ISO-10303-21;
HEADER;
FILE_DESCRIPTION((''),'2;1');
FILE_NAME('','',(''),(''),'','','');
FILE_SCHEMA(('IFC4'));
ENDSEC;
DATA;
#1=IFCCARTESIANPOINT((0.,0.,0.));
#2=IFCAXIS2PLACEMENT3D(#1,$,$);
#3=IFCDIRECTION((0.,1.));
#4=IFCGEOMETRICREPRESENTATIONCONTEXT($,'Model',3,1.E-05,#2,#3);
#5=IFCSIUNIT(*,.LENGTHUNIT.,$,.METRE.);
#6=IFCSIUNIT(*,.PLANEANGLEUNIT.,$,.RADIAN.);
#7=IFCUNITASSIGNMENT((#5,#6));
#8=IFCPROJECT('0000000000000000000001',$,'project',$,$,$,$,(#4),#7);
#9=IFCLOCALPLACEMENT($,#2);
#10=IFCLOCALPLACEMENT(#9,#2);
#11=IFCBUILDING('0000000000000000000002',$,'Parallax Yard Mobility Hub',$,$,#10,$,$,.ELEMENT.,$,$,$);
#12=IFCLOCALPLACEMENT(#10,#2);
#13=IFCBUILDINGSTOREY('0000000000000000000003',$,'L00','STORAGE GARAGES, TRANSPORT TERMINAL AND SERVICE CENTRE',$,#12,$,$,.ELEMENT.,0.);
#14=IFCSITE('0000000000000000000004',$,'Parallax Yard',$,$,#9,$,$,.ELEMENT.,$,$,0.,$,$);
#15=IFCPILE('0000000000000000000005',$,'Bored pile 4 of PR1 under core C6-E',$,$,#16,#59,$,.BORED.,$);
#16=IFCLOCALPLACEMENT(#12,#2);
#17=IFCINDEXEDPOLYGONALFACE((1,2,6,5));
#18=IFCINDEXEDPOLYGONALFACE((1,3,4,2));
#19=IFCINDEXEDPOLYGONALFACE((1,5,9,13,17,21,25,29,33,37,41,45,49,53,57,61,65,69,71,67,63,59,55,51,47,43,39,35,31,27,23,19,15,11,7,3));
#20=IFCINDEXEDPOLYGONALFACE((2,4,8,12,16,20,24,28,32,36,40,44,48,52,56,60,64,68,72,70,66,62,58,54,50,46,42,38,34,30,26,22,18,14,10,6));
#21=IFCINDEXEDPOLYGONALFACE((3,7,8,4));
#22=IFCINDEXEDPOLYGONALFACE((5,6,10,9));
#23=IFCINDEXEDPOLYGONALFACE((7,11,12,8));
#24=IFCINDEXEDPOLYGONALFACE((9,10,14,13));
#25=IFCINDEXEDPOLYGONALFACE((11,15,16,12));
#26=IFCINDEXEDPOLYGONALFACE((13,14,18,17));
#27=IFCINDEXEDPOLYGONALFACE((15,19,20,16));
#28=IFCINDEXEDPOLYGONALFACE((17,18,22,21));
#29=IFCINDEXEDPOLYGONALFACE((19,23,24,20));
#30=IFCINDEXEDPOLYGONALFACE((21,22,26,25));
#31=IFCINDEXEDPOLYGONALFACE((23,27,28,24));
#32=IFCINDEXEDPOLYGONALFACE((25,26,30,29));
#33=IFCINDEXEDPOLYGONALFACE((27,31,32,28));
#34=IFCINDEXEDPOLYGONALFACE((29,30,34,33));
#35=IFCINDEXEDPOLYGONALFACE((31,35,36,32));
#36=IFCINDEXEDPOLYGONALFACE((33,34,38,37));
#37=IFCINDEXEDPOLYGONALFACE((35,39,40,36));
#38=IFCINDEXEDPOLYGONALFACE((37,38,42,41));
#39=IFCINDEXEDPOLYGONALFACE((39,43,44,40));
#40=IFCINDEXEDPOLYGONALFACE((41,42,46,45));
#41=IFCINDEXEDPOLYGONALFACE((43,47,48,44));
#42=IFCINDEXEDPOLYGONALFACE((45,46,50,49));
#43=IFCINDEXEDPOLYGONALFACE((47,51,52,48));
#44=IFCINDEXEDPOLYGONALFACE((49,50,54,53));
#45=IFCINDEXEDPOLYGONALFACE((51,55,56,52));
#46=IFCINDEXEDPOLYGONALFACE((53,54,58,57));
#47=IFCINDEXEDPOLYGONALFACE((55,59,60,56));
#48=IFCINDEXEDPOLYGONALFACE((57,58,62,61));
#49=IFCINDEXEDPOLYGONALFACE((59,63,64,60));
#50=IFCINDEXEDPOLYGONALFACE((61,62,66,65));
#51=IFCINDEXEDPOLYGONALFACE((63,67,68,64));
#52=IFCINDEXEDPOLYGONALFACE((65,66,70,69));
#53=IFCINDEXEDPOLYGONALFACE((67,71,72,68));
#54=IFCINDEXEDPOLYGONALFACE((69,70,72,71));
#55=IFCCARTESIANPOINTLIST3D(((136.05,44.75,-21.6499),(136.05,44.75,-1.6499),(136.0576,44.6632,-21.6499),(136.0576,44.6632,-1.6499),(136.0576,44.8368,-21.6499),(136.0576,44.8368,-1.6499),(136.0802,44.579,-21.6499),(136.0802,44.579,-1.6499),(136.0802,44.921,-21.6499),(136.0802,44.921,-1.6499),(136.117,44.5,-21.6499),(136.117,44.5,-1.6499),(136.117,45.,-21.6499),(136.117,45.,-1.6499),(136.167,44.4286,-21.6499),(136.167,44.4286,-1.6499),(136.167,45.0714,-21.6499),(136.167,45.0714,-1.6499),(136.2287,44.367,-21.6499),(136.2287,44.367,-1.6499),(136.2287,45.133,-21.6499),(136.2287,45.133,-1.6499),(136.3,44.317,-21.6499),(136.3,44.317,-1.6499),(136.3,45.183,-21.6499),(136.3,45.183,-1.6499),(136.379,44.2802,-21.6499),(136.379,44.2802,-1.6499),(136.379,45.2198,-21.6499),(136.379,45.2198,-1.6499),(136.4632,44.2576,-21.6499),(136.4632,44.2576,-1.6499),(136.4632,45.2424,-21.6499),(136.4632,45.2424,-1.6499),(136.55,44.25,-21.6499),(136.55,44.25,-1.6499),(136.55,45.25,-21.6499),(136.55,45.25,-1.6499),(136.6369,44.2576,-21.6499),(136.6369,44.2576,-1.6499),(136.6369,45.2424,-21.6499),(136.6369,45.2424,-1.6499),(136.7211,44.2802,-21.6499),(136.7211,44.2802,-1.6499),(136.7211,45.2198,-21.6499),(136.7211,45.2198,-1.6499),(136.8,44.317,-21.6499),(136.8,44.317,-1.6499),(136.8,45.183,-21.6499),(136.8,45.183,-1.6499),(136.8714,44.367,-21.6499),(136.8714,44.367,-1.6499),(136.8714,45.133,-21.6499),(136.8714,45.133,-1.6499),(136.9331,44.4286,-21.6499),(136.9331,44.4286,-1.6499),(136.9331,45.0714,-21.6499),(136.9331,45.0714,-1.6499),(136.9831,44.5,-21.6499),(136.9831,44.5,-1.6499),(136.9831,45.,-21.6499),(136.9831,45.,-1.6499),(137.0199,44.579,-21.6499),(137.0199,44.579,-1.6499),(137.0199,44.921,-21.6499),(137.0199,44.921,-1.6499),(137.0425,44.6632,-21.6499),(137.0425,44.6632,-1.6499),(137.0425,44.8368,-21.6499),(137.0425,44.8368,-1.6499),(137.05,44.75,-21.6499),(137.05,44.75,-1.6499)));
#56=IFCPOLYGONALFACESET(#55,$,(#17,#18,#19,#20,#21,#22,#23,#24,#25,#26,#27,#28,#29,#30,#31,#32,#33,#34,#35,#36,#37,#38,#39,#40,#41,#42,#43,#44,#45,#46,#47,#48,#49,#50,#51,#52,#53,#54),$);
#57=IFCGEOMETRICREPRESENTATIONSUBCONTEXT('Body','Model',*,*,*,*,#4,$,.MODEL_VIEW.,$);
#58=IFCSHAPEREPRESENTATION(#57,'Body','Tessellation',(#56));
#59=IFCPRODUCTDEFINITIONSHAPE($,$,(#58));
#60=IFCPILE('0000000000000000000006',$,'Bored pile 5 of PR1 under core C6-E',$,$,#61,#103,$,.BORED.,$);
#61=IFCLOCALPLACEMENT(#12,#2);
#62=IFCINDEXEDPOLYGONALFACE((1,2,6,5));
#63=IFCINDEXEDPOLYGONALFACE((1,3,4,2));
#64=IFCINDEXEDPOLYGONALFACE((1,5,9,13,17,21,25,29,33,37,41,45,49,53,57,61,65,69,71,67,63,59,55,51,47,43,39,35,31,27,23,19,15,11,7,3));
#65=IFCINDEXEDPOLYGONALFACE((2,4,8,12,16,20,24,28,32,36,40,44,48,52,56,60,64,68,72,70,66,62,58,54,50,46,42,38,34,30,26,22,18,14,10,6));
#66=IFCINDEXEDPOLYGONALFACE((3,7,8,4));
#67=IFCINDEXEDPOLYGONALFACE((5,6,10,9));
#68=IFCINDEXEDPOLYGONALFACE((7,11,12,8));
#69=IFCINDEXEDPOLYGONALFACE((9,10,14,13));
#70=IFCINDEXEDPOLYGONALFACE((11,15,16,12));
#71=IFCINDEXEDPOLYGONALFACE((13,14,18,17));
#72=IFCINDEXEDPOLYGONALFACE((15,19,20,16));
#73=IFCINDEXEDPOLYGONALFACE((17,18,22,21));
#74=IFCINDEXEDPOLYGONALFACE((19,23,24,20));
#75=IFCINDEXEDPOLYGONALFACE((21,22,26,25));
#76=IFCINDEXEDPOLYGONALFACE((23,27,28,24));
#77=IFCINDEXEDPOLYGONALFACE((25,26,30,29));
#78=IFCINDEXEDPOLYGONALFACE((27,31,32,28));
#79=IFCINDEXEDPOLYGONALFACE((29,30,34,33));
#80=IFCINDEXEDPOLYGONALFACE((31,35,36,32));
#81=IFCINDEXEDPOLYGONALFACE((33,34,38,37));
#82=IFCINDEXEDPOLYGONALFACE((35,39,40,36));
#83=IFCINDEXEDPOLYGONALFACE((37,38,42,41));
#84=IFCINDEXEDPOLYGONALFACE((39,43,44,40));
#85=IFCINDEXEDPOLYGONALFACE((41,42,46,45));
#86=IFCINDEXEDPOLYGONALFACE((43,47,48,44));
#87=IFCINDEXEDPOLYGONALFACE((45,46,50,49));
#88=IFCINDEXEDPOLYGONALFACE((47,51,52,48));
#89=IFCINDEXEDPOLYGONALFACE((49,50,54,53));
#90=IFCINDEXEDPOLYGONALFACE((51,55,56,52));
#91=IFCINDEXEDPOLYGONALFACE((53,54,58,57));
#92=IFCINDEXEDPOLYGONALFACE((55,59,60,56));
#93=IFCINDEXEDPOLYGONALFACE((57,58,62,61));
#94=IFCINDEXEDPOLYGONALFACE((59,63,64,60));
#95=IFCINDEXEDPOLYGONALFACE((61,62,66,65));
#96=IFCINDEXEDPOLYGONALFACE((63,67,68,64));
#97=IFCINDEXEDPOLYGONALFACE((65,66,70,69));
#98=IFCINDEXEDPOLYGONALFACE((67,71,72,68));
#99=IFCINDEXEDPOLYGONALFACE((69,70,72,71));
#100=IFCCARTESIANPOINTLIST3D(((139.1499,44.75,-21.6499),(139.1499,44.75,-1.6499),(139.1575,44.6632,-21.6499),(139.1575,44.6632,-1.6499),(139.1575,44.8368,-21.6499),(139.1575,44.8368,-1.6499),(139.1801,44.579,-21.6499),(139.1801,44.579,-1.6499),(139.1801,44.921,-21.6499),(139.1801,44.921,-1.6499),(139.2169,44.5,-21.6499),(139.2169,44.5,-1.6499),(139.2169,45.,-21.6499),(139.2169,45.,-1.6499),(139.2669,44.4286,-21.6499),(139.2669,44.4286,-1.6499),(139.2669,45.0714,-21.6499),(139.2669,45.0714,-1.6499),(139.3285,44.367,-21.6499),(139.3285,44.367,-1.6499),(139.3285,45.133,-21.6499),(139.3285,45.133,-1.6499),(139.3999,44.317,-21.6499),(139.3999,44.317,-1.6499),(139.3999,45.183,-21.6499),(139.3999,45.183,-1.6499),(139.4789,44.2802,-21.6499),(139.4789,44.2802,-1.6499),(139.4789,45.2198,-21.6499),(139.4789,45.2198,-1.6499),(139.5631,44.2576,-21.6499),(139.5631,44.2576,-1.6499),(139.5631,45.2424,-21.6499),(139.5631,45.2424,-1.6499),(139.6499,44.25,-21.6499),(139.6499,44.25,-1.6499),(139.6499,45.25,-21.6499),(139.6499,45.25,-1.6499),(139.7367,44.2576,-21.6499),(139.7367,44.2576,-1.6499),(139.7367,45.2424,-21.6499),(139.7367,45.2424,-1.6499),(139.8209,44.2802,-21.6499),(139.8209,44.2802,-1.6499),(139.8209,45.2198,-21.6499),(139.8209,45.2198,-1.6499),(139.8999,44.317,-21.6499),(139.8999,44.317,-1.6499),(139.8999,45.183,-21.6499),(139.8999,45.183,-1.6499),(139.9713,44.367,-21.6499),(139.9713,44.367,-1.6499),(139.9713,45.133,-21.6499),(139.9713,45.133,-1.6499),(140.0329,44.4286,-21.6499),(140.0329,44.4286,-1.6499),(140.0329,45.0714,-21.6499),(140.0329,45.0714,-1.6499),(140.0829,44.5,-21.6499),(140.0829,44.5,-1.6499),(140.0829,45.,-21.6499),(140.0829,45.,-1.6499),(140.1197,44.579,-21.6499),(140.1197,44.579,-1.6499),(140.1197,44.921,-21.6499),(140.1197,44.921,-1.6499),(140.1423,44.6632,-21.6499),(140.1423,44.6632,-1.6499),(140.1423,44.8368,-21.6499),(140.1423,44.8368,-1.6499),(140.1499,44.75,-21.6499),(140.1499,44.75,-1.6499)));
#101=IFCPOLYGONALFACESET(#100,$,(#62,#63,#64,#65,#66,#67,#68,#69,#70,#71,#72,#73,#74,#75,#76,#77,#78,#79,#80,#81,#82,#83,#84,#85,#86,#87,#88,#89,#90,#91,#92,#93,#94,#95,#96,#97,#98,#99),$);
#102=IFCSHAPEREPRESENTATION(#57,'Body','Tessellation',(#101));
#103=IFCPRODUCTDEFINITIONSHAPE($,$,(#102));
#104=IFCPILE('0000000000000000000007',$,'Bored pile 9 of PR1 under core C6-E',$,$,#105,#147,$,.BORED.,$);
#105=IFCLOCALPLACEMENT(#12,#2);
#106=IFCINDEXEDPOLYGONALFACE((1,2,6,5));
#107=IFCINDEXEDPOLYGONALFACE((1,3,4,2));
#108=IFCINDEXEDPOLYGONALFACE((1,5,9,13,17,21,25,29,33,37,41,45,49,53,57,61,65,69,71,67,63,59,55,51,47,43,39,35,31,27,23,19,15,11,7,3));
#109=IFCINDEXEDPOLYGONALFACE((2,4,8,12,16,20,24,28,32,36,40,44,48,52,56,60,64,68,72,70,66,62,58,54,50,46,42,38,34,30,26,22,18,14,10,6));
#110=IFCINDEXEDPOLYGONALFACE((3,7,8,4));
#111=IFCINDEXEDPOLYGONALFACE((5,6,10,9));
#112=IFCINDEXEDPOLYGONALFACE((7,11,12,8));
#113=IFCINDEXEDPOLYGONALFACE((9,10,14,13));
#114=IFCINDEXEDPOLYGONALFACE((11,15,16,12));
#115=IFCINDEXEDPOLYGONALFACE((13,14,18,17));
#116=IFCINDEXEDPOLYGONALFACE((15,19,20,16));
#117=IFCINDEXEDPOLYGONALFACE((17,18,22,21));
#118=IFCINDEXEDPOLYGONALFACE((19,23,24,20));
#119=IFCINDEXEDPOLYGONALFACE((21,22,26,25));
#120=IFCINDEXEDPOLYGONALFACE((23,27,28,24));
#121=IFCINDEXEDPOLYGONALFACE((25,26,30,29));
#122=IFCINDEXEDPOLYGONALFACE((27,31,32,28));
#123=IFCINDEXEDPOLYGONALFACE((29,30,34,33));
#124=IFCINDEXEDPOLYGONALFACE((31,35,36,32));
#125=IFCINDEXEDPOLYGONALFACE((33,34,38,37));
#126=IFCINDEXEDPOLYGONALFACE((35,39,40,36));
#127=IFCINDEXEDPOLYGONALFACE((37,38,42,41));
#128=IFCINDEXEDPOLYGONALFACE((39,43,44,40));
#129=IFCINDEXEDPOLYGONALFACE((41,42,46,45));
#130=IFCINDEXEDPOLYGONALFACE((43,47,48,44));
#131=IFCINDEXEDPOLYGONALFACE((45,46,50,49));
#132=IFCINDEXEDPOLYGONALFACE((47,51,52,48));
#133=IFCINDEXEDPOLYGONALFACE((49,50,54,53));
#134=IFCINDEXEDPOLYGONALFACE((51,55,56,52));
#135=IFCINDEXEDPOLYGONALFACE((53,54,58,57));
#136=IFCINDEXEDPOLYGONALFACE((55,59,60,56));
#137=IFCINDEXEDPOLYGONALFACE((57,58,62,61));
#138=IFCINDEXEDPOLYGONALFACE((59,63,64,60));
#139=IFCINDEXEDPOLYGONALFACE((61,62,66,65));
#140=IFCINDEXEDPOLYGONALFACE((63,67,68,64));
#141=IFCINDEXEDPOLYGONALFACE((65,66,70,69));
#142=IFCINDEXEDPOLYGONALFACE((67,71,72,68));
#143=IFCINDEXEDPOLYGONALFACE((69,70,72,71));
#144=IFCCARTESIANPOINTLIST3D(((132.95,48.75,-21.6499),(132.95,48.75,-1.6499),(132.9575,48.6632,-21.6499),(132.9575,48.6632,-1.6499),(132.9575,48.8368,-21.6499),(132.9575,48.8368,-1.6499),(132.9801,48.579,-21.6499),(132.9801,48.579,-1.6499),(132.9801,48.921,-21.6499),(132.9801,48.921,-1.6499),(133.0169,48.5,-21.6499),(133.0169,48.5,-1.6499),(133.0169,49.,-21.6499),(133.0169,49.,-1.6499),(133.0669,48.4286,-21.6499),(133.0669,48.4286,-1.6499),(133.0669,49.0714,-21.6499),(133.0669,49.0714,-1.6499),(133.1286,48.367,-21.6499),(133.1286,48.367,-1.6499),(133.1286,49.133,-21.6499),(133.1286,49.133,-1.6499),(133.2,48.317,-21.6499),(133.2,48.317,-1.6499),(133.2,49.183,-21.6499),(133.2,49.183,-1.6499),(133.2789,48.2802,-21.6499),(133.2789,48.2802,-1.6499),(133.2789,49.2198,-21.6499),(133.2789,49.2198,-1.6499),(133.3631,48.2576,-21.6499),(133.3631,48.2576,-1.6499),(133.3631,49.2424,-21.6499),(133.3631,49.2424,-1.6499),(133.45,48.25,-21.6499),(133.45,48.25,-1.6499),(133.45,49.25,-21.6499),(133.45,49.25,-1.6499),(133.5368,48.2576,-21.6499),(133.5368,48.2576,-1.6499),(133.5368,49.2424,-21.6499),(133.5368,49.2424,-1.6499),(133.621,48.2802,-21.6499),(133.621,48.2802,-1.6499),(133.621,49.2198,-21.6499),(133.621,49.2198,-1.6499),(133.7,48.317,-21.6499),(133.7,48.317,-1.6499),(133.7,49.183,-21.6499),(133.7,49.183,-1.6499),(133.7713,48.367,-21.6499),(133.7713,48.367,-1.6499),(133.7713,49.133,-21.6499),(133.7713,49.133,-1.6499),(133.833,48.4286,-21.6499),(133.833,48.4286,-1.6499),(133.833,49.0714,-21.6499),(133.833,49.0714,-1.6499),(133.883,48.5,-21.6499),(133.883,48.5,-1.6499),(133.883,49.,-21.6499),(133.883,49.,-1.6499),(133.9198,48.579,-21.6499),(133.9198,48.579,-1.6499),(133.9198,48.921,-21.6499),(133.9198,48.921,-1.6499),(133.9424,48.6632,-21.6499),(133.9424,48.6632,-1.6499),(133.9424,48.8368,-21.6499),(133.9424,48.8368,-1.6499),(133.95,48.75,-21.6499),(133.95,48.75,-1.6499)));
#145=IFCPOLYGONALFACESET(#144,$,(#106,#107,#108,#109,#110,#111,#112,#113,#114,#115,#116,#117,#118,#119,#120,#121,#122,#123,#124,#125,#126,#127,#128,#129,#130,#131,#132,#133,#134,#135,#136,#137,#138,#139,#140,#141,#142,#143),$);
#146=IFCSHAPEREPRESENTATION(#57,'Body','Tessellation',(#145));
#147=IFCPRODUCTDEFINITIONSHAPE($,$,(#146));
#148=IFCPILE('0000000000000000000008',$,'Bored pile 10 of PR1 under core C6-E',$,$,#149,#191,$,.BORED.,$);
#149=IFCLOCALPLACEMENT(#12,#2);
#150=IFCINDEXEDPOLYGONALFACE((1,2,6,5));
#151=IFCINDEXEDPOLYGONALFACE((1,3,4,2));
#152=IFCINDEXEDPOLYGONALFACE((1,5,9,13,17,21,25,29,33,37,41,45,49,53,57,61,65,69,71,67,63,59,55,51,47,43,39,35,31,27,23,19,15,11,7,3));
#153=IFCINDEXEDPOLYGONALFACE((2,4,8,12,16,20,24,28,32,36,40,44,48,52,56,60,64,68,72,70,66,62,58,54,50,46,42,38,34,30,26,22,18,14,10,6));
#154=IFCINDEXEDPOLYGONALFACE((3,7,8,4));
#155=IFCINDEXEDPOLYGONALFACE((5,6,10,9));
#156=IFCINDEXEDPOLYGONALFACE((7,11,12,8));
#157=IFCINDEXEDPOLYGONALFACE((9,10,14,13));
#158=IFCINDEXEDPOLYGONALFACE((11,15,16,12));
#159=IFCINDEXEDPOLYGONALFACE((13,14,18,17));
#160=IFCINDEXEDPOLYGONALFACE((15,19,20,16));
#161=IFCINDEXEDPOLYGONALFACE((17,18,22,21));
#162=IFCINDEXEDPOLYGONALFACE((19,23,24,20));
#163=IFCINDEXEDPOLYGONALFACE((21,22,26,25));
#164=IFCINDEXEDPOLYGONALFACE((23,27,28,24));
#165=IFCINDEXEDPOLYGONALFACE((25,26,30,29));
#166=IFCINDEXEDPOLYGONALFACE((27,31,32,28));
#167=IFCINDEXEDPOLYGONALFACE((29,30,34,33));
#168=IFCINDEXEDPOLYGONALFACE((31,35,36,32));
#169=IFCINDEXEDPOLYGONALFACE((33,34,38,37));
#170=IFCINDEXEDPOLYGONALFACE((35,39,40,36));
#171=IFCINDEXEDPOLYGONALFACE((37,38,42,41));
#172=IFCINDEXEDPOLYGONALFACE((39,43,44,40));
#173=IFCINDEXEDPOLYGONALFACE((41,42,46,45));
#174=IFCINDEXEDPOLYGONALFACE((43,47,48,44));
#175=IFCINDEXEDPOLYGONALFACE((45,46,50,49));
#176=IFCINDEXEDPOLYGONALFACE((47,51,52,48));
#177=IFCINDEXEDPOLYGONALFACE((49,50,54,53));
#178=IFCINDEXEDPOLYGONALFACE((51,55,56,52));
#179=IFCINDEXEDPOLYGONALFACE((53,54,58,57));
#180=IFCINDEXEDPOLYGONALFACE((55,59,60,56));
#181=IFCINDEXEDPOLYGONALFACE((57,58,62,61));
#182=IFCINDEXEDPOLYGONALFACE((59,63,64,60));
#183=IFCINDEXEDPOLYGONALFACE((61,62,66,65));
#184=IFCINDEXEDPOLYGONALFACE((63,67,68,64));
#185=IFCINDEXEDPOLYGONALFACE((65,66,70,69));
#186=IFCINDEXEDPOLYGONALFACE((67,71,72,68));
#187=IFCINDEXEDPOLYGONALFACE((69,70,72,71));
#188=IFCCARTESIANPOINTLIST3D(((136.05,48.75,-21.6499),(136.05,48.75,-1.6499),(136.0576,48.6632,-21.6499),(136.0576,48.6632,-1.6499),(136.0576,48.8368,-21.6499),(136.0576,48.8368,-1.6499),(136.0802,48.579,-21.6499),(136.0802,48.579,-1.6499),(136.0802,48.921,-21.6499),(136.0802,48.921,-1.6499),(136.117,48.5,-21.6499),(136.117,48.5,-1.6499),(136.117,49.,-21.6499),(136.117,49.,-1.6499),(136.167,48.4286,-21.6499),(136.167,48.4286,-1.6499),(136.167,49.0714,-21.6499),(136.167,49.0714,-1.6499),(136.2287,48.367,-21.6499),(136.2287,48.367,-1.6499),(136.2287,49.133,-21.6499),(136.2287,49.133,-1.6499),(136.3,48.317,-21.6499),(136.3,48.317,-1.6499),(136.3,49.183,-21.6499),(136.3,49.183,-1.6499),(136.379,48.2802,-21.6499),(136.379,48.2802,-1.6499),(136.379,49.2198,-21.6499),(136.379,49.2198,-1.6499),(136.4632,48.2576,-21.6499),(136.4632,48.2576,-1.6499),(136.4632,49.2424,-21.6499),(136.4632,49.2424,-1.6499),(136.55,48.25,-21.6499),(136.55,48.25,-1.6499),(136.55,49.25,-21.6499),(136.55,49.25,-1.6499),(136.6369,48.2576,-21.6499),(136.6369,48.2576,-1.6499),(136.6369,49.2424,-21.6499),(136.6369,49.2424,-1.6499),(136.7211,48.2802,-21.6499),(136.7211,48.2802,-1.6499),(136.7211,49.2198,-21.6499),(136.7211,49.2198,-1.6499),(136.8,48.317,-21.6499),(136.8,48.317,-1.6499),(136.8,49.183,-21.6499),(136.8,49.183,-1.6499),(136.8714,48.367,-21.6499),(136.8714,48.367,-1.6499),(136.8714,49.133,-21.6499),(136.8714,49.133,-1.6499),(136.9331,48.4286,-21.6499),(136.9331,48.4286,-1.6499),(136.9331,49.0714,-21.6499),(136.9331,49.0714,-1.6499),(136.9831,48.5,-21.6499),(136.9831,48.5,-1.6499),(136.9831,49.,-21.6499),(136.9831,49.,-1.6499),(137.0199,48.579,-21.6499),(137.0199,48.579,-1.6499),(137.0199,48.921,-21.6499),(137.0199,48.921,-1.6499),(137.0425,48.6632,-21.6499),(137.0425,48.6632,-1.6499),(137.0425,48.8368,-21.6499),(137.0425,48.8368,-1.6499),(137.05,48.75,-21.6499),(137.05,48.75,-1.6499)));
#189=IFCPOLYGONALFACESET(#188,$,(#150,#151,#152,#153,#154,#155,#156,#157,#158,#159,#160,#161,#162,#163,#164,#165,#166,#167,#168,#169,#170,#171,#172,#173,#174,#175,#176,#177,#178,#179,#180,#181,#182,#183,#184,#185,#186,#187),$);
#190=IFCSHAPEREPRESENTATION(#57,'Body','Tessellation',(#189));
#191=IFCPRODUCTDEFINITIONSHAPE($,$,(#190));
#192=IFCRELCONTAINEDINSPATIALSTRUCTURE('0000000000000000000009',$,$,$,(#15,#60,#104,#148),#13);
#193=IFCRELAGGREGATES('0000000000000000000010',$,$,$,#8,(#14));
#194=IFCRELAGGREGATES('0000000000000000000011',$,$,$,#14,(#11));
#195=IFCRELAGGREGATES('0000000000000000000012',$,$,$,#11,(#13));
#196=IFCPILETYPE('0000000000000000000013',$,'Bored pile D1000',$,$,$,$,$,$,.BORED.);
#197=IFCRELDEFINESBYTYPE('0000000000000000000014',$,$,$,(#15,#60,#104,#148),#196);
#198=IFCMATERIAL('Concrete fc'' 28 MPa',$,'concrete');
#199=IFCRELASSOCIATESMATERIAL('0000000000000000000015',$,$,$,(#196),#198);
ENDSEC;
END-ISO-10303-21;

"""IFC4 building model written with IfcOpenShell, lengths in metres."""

from ifc_helpers import new_model, si_unit, direction, frame, origin, origin_2d, place, context, subcontext, project, spatial, circle, extrude, material, material_profile, profile_set, type_object, element, save


model = new_model("IFC4")

# Units and contexts
model_context = context("Model", 3, precision=1e-05, world=origin(), true_north=direction((0.0, 1.0)))
body_context = subcontext(model_context, "Body", "Model", "MODEL_VIEW")
ifc_project = project(units=[si_unit("LENGTHUNIT", "METRE"), si_unit("PLANEANGLEUNIT", "RADIAN")], contexts=[model_context])

# Site, building, storey
site_placement = place(None, origin())
site = spatial("IfcSite", under=ifc_project, at=site_placement, Name="Parallax Yard", CompositionType="ELEMENT", RefElevation=0.0)
building_placement = place(site_placement, origin())
building = spatial("IfcBuilding", under=site, at=building_placement, Name="Parallax Yard Mobility Hub", CompositionType="ELEMENT")
storey_placement = place(building_placement, origin())
storey = spatial("IfcBuildingStorey", under=building, at=storey_placement, Name="L00", Description="STORAGE GARAGES, TRANSPORT TERMINAL AND SERVICE CENTRE", CompositionType="ELEMENT", Elevation=0.0)

# Piles
ifc_material_1 = material(Name="Concrete fc' 28 MPa", Category="concrete")
ifc_material_profile = material_profile(ifc_material_1, circle(Radius=0.5, at=origin_2d()), Name="Bored pile D1000")
ifc_profile_set = profile_set([ifc_material_profile], Name="Concrete fc' 28 MPa")
pile_type = type_object("IfcPileType", Name="Bored pile D1000", PredefinedType="BORED", material=ifc_profile_set)
for number, where, z_axis, x_axis, name in (
    (1, (136.55, 44.75, -1.6499), (0.0, 0.0, -1.0), (1.0, 0.0, 0.0), "Bored pile 4 of PR1 under core C6-E"),
    (2, (139.6499, 44.75, -1.6499), (0.0, 0.0, -1.0), (1.0, 0.0, 0.0), "Bored pile 5 of PR1 under core C6-E"),
    (3, (133.45, 48.75, -1.6499), (0.0, 0.0, -1.0), (1.0, 0.0, 0.0), "Bored pile 9 of PR1 under core C6-E"),
    (4, (136.55, 48.75, -1.6499), (0.0, 0.0, -1.0), (1.0, 0.0, 0.0), "Bored pile 10 of PR1 under core C6-E"),
):
    element("IfcPile", number, at=place(storey_placement, frame(where, z_axis=z_axis, x_axis=x_axis)), inside=storey, type_object=pile_type, Name=name, PredefinedType="BORED", context=body_context, shape_type="SweptSolid", body=[
        extrude(circle(Radius=0.5, at=origin_2d()), origin(), (0.0, 0.0, 1.0), 20.0),
    ])

save(model, "model.ifc")
